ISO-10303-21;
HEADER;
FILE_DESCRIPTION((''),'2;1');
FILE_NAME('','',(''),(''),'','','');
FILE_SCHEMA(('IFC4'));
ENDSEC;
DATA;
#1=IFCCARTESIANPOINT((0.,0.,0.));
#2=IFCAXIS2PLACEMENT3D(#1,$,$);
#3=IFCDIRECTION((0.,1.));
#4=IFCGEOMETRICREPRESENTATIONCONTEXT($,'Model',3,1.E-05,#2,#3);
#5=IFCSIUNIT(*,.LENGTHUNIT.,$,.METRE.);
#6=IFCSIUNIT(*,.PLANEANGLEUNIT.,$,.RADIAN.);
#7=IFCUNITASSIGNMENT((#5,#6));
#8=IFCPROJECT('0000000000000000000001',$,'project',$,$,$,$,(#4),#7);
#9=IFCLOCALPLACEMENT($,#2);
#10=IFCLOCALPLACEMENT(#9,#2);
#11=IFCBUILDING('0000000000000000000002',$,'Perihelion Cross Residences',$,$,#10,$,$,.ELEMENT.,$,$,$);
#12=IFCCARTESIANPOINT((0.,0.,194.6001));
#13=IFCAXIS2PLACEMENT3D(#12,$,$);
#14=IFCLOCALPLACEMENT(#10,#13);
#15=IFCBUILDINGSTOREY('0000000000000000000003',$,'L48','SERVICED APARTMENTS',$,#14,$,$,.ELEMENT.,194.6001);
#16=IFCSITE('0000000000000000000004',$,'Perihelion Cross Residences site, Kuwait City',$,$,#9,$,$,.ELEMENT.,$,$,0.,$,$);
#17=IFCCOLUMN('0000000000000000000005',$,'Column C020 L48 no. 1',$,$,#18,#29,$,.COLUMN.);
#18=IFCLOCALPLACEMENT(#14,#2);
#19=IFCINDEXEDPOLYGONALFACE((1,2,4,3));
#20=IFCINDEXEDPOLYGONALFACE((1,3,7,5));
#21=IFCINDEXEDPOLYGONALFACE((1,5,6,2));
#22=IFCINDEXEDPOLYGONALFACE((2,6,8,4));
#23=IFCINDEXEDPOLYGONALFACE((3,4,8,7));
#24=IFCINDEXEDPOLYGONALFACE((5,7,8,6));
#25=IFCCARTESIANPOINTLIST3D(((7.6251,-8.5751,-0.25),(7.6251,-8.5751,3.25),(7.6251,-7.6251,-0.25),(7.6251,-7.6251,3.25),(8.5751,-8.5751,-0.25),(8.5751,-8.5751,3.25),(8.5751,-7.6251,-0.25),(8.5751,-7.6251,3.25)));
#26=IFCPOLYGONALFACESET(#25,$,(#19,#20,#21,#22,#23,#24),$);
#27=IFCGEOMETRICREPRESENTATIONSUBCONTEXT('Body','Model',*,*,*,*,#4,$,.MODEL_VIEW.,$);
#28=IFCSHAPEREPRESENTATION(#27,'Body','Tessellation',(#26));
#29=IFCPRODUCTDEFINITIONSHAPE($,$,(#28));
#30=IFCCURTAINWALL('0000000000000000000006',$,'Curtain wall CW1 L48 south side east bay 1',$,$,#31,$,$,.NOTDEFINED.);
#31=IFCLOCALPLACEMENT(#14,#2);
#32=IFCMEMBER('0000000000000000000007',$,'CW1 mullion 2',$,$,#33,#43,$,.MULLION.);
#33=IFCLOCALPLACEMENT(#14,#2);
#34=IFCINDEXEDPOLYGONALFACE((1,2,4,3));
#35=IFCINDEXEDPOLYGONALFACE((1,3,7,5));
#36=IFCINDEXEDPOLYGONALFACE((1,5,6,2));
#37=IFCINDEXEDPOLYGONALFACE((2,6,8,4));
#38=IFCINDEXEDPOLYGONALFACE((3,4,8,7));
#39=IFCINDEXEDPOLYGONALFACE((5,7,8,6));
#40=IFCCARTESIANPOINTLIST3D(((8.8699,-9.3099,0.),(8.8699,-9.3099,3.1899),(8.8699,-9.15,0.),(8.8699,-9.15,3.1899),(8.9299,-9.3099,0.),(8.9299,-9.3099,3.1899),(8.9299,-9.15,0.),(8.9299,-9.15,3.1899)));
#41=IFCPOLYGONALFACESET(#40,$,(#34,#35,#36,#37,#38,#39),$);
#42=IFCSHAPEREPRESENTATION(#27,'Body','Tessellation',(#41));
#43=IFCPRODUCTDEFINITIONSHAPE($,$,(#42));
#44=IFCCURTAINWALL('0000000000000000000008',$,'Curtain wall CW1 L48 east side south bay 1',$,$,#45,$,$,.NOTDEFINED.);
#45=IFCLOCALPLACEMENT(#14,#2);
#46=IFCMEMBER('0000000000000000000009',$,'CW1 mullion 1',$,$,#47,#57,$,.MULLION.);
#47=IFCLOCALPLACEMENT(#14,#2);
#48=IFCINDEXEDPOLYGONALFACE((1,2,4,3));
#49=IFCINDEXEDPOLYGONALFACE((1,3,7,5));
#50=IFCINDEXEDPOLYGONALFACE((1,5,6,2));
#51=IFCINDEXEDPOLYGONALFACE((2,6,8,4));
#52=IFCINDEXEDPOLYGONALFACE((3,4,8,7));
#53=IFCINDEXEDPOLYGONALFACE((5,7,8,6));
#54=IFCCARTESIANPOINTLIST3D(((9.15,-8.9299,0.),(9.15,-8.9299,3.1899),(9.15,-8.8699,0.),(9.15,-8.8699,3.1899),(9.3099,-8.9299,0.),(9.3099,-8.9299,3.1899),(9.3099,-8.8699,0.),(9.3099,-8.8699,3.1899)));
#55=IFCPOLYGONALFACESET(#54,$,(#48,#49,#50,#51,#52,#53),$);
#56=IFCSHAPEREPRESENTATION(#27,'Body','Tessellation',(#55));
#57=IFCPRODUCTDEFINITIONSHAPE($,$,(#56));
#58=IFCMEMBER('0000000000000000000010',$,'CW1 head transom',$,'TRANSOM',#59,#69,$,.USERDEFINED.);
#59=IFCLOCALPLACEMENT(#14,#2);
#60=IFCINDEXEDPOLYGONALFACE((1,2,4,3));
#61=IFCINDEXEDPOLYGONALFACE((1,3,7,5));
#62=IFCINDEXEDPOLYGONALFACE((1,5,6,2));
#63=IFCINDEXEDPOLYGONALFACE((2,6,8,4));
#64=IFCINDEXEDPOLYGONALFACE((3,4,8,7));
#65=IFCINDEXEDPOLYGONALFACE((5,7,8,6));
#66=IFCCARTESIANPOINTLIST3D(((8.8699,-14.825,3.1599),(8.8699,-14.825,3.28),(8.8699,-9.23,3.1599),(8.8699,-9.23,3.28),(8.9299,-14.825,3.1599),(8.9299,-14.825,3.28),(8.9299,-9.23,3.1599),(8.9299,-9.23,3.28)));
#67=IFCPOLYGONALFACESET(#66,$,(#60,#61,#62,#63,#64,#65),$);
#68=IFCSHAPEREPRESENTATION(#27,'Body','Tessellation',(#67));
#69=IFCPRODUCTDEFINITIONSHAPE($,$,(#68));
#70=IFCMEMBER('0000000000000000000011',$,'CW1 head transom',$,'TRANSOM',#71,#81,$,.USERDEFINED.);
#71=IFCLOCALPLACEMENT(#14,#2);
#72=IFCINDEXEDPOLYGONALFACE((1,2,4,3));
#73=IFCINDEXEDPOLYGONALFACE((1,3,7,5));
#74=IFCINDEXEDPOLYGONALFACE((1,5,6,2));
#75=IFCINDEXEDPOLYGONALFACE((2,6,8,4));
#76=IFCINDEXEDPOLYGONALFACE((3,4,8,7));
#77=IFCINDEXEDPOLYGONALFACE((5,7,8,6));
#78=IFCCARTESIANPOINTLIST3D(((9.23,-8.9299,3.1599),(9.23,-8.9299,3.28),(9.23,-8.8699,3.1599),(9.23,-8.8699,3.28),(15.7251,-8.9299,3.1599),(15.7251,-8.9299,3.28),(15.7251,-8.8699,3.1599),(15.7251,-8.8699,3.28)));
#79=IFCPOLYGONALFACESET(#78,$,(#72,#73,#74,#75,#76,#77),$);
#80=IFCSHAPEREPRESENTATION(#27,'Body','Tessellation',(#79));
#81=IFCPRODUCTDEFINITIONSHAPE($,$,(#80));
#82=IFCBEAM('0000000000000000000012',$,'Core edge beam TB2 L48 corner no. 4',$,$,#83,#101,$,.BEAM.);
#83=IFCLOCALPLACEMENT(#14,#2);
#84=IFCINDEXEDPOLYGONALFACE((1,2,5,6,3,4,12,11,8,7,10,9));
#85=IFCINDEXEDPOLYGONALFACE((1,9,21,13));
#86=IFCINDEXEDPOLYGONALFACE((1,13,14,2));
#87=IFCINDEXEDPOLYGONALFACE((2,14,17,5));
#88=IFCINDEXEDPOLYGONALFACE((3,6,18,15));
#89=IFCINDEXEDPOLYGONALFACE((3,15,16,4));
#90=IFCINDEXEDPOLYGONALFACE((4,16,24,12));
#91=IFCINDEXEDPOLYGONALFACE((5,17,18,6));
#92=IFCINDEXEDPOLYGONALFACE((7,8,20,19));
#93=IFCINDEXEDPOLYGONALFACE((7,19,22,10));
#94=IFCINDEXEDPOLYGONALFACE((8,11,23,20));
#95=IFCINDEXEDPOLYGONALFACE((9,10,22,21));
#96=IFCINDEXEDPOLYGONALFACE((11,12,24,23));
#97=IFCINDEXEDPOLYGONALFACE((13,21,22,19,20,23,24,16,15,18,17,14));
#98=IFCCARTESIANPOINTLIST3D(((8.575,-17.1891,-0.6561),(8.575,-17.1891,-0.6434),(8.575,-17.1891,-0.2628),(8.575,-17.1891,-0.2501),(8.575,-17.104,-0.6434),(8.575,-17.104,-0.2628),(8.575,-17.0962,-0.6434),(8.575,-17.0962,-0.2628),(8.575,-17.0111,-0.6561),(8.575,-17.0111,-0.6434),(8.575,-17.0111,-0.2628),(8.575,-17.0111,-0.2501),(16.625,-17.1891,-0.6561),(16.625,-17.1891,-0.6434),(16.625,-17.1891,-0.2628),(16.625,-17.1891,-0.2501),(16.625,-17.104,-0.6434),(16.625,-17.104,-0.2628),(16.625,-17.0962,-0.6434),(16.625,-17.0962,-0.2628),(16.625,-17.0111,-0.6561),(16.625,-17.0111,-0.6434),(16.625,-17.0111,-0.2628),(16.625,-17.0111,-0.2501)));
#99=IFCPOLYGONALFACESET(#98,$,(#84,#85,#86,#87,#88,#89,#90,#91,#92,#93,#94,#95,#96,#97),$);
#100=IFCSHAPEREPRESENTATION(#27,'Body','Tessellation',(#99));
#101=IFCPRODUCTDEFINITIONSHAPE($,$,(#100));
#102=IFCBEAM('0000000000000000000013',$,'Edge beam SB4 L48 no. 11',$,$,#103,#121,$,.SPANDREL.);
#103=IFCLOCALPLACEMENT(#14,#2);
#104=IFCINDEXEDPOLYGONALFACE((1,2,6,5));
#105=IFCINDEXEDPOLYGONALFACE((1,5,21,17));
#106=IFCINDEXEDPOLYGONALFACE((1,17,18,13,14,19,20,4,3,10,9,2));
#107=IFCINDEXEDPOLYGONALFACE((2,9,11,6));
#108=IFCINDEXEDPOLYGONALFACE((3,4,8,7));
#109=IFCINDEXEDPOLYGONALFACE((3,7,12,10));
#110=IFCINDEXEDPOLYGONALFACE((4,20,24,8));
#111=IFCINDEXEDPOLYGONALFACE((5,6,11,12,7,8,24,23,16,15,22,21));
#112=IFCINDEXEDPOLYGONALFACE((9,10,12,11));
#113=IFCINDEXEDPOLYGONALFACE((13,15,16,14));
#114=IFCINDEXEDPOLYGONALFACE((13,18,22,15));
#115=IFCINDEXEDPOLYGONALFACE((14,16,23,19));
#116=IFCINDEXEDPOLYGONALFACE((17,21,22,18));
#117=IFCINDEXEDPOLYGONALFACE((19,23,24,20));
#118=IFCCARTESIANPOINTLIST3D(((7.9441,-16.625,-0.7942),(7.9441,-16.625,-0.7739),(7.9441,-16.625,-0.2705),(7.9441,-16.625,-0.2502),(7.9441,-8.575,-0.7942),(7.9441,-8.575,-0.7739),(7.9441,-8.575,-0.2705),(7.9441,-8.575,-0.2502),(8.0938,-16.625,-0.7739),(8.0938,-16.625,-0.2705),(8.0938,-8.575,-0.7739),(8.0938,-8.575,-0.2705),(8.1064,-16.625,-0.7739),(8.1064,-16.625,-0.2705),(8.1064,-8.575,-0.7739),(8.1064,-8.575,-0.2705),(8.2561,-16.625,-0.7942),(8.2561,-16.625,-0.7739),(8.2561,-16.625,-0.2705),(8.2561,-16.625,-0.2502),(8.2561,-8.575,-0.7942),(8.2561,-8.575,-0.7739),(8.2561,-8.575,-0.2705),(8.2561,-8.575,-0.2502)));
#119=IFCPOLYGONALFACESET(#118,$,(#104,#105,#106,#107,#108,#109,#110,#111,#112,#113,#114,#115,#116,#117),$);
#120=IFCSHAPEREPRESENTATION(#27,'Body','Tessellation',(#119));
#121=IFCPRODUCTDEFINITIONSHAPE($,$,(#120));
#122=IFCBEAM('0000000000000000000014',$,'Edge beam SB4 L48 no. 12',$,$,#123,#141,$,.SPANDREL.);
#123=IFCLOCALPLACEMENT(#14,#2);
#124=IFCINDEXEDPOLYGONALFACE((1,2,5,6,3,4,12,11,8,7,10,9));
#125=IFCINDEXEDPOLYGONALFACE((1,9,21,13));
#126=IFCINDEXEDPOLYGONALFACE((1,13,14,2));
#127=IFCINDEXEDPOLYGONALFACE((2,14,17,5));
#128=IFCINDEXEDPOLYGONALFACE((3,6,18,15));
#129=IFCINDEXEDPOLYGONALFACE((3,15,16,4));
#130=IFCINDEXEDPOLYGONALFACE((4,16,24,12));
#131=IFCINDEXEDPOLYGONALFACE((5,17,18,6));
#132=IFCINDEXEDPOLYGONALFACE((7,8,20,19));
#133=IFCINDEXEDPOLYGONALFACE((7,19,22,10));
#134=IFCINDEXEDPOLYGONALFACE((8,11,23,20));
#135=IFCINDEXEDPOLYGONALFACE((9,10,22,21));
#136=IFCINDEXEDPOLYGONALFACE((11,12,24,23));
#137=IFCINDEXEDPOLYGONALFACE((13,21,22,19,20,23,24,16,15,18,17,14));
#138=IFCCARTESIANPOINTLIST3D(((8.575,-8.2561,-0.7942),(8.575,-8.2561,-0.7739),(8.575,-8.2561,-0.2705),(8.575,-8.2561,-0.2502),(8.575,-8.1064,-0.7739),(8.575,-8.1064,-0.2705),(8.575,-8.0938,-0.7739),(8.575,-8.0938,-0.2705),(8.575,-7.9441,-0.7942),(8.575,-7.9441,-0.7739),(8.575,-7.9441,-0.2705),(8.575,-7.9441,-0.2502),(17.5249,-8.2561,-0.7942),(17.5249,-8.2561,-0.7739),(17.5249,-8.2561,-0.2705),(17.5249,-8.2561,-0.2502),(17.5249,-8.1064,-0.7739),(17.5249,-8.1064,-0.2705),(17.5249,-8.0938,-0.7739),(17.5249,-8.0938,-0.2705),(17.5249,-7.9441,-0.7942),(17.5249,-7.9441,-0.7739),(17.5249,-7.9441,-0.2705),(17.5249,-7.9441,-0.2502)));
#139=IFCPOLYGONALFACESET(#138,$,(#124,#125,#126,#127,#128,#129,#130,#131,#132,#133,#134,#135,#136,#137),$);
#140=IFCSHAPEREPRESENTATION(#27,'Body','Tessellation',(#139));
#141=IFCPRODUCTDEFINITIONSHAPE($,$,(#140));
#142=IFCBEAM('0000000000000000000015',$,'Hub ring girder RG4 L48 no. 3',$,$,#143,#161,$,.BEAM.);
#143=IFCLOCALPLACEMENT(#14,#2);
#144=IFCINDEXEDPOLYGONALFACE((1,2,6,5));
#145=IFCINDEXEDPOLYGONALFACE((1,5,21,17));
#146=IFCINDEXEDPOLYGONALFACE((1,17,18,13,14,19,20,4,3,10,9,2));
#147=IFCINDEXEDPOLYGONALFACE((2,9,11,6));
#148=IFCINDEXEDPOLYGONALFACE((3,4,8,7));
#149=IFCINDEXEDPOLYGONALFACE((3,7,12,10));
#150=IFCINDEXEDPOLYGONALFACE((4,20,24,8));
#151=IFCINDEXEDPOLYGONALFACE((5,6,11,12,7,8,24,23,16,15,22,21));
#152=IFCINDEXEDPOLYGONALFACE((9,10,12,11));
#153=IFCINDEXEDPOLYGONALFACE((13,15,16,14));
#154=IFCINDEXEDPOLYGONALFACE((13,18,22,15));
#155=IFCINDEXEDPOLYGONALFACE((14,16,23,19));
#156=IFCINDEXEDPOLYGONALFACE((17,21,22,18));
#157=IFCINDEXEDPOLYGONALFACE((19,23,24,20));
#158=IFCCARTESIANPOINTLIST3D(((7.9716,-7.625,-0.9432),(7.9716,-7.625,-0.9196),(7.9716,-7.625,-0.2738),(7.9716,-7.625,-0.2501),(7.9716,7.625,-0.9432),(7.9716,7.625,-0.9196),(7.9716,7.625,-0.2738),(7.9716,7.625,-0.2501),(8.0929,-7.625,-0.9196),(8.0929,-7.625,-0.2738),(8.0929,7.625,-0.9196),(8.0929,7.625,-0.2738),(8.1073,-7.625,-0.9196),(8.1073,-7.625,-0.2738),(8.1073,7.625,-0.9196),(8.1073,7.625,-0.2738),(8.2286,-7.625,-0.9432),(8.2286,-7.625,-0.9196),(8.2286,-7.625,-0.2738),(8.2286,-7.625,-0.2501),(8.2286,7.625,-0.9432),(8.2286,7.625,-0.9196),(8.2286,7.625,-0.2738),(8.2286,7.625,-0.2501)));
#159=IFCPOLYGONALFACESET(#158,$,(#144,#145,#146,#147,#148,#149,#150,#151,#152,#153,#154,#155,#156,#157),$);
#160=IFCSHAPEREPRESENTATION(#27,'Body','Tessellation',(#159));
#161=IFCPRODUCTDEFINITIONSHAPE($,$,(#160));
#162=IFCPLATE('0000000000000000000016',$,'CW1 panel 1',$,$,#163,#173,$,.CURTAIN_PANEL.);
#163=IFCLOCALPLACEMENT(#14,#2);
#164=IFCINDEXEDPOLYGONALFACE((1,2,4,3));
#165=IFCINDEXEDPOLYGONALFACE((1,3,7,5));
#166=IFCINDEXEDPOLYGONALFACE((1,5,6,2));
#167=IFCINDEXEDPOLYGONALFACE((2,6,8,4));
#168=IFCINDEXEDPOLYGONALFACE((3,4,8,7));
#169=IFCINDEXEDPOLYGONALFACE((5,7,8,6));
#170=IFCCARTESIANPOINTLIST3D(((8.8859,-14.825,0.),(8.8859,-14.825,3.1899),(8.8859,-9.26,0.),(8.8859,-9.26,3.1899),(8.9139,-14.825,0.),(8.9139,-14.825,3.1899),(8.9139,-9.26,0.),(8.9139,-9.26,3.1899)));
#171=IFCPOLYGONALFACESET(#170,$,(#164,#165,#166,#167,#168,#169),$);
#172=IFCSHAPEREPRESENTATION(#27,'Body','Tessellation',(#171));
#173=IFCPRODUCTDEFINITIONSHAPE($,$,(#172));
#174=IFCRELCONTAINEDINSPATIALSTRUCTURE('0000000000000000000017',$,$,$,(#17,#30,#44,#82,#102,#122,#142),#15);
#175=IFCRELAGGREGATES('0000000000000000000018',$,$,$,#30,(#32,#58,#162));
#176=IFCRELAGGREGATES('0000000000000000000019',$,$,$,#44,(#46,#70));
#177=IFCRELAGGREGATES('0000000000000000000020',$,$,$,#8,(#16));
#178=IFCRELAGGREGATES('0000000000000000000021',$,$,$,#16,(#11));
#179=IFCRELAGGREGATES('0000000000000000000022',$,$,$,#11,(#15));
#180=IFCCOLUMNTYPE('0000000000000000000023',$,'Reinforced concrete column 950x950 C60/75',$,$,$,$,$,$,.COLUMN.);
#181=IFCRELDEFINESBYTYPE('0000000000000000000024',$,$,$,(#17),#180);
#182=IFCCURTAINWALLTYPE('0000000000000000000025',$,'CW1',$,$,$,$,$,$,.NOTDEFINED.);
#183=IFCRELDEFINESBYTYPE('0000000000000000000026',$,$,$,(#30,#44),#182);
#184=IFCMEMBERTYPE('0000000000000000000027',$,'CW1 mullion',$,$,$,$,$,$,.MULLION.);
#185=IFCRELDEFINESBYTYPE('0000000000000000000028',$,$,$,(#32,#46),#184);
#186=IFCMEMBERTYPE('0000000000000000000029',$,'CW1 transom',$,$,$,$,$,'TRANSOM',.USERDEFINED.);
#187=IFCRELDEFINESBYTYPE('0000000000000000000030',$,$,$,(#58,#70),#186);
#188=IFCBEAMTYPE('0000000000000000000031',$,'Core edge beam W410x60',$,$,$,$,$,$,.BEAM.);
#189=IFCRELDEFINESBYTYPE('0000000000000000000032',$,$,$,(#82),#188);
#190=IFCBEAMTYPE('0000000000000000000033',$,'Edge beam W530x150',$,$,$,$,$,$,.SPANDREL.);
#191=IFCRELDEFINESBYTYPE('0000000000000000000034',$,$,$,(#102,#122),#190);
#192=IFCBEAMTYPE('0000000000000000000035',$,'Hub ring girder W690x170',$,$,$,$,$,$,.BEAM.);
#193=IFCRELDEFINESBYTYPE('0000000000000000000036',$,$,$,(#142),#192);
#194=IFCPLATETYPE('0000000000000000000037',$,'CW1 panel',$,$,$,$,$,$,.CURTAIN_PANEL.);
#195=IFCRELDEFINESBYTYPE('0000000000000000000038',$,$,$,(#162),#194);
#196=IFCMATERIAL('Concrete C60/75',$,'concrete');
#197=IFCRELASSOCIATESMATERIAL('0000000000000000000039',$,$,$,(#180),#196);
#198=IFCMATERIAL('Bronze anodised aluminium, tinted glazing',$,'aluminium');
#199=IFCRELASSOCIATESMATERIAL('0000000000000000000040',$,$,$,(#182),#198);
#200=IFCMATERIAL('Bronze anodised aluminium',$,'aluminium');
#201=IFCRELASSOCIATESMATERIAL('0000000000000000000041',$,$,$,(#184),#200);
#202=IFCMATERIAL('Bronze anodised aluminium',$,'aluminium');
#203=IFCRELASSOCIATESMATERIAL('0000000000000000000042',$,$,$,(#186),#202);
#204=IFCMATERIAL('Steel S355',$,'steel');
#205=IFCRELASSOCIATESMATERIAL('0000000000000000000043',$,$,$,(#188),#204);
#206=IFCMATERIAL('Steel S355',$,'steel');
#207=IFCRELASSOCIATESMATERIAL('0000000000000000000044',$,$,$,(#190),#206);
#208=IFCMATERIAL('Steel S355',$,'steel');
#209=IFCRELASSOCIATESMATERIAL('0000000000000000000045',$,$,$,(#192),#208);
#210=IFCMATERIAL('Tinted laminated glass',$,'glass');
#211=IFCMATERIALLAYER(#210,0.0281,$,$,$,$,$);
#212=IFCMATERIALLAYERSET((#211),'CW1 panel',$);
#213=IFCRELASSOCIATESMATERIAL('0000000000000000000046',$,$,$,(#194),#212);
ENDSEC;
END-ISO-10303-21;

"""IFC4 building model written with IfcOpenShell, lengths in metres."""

from ifc_helpers import new_model, si_unit, direction, frame, origin, origin_2d, place, context, subcontext, project, spatial, rectangle, i_section, extrude, material, layer, layer_set, material_profile, profile_set, type_object, element, aggregate, save


model = new_model("IFC4")

# Units and contexts
model_context = context("Model", 3, precision=1e-05, world=origin(), true_north=direction((0.0, 1.0)))
body_context = subcontext(model_context, "Body", "Model", "MODEL_VIEW")
ifc_project = project(units=[si_unit("LENGTHUNIT", "METRE"), si_unit("PLANEANGLEUNIT", "RADIAN")], contexts=[model_context])

# Site, building, storey
site_placement = place(None, origin())
site = spatial("IfcSite", under=ifc_project, at=site_placement, Name="Perihelion Cross Residences site, Kuwait City", CompositionType="ELEMENT", RefElevation=0.0)
building_placement = place(site_placement, origin())
building = spatial("IfcBuilding", under=site, at=building_placement, Name="Perihelion Cross Residences", CompositionType="ELEMENT")
storey_placement = place(building_placement, frame((0.0, 0.0, 194.6001)))
storey = spatial("IfcBuildingStorey", under=building, at=storey_placement, Name="L48", Description="SERVICED APARTMENTS", CompositionType="ELEMENT", Elevation=194.6001)

# Column
ifc_material_1 = material(Name="Concrete C60/75", Category="concrete")
ifc_material_profile_1 = material_profile(ifc_material_1, rectangle(XDim=0.95, YDim=0.95, at=origin_2d()), Name="RC 950x950")
ifc_profile_set_1 = profile_set([ifc_material_profile_1], Name="Concrete C60/75")
column_type = type_object("IfcColumnType", Name="Reinforced concrete column 950x950 C60/75", PredefinedType="COLUMN", material=ifc_profile_set_1)
column_placement = place(storey_placement, frame((8.1001, -8.1001, -0.25), z_axis=(0.0, 0.0, 1.0), x_axis=(1.0, 0.0, 0.0)))
element("IfcColumn", 1, at=column_placement, inside=storey, type_object=column_type, Name="Column C020 L48 no. 1", PredefinedType="COLUMN", context=body_context, shape_type="SweptSolid", body=[
    extrude(rectangle(XDim=0.95, YDim=0.95, at=origin_2d()), origin(), (0.0, 0.0, 1.0), 3.5),
])

# Curtain walls, members
ifc_material_2 = material(Name="Bronze anodised aluminium, tinted glazing", Category="aluminium")
curtain_wall_type = type_object("IfcCurtainWallType", Name="CW1", PredefinedType="NOTDEFINED", material=ifc_material_2)
curtain_wall_1_placement = place(storey_placement, origin())
curtain_wall_1 = element("IfcCurtainWall", 2, at=curtain_wall_1_placement, inside=storey, type_object=curtain_wall_type, Name="Curtain wall CW1 L48 south side east bay 1", PredefinedType="NOTDEFINED")
ifc_material_3 = material(Name="Bronze anodised aluminium", Category="aluminium")
ifc_material_profile_2 = material_profile(ifc_material_3, rectangle(XDim=0.0601, YDim=0.1599, at=origin_2d()), Name="CW1 mullion")
ifc_profile_set_2 = profile_set([ifc_material_profile_2], Name="Bronze anodised aluminium")
member_type_1 = type_object("IfcMemberType", Name="CW1 mullion", PredefinedType="MULLION", material=ifc_profile_set_2)
member_1_placement = place(storey_placement, frame((8.8999, -9.23, 0.0), z_axis=(0.0, 0.0, 1.0), x_axis=(-1.0, 0.0, 0.0)))
member_1 = element("IfcMember", 3, at=member_1_placement, type_object=member_type_1, Name="CW1 mullion 2", PredefinedType="MULLION", context=body_context, shape_type="SweptSolid", body=[
    extrude(rectangle(XDim=0.0601, YDim=0.1599, at=origin_2d()), origin(), (0.0, 0.0, 1.0), 3.1899),
])
curtain_wall_2_placement = place(storey_placement, origin())
curtain_wall_2 = element("IfcCurtainWall", 4, at=curtain_wall_2_placement, inside=storey, type_object=curtain_wall_type, Name="Curtain wall CW1 L48 east side south bay 1", PredefinedType="NOTDEFINED")
member_2_placement = place(storey_placement, frame((9.23, -8.8999, 0.0), z_axis=(0.0, 0.0, 1.0), x_axis=(0.0, 1.0, 0.0)))
member_2 = element("IfcMember", 5, at=member_2_placement, type_object=member_type_1, Name="CW1 mullion 1", PredefinedType="MULLION", context=body_context, shape_type="SweptSolid", body=[
    extrude(rectangle(XDim=0.0601, YDim=0.1599, at=origin_2d()), origin(), (0.0, 0.0, 1.0), 3.1899),
])

# Members
ifc_material_4 = material(Name="Bronze anodised aluminium", Category="aluminium")
ifc_material_profile_3 = material_profile(ifc_material_4, rectangle(XDim=0.0601, YDim=0.1201, at=origin_2d()), Name="CW1 transom")
ifc_profile_set_3 = profile_set([ifc_material_profile_3], Name="Bronze anodised aluminium")
member_type_2 = type_object("IfcMemberType", Name="CW1 transom", ElementType="TRANSOM", PredefinedType="USERDEFINED", material=ifc_profile_set_3)
member_3_placement = place(storey_placement, frame((8.8999, -14.825, 3.22), z_axis=(0.0, 1.0, 0.0), x_axis=(-1.0, 0.0, 0.0)))
member_3 = element("IfcMember", 6, at=member_3_placement, type_object=member_type_2, Name="CW1 head transom", ObjectType="TRANSOM", PredefinedType="USERDEFINED", context=body_context, shape_type="SweptSolid", body=[
    extrude(rectangle(XDim=0.0601, YDim=0.1201, at=origin_2d()), origin(), (0.0, 0.0, 1.0), 5.595),
])
member_4_placement = place(storey_placement, frame((9.23, -8.8999, 3.22), z_axis=(1.0, 0.0, 0.0), x_axis=(0.0, 1.0, 0.0)))
member_4 = element("IfcMember", 7, at=member_4_placement, type_object=member_type_2, Name="CW1 head transom", ObjectType="TRANSOM", PredefinedType="USERDEFINED", context=body_context, shape_type="SweptSolid", body=[
    extrude(rectangle(XDim=0.0601, YDim=0.1201, at=origin_2d()), origin(), (0.0, 0.0, 1.0), 6.4951),
])

# Beams
ifc_material_5 = material(Name="Steel S355", Category="steel")
ifc_material_profile_4 = material_profile(ifc_material_5, i_section(OverallWidth=0.178, OverallDepth=0.406, WebThickness=0.0078, FlangeThickness=0.0127, at=origin_2d()), Name="W410x60")
ifc_profile_set_4 = profile_set([ifc_material_profile_4], Name="Steel S355")
beam_type_1 = type_object("IfcBeamType", Name="Core edge beam W410x60", PredefinedType="BEAM", material=ifc_profile_set_4)
beam_1_placement = place(storey_placement, frame((8.575, -17.1001, -0.4531), z_axis=(1.0, 0.0, 0.0), x_axis=(0.0, 1.0, 0.0)))
element("IfcBeam", 8, at=beam_1_placement, inside=storey, type_object=beam_type_1, Name="Core edge beam TB2 L48 corner no. 4", PredefinedType="BEAM", context=body_context, shape_type="SweptSolid", body=[
    extrude(i_section(OverallWidth=0.178, OverallDepth=0.406, WebThickness=0.0078, FlangeThickness=0.0127, at=origin_2d()), origin(), (0.0, 0.0, 1.0), 8.05),
])
ifc_material_6 = material(Name="Steel S355", Category="steel")
ifc_material_profile_5 = material_profile(ifc_material_6, i_section(OverallWidth=0.312, OverallDepth=0.5439, WebThickness=0.0127, FlangeThickness=0.0203, at=origin_2d()), Name="W530x150")
ifc_profile_set_5 = profile_set([ifc_material_profile_5], Name="Steel S355")
beam_type_2 = type_object("IfcBeamType", Name="Edge beam W530x150", PredefinedType="SPANDREL", material=ifc_profile_set_5)
beam_2_placement = place(storey_placement, frame((8.1001, -16.625, -0.5222), z_axis=(0.0, 1.0, 0.0), x_axis=(-1.0, 0.0, 0.0)))
element("IfcBeam", 9, at=beam_2_placement, inside=storey, type_object=beam_type_2, Name="Edge beam SB4 L48 no. 11", PredefinedType="SPANDREL", context=body_context, shape_type="SweptSolid", body=[
    extrude(i_section(OverallWidth=0.312, OverallDepth=0.5439, WebThickness=0.0127, FlangeThickness=0.0203, at=origin_2d()), origin(), (0.0, 0.0, 1.0), 8.05),
])
beam_3_placement = place(storey_placement, frame((8.575, -8.1001, -0.5222), z_axis=(1.0, 0.0, 0.0), x_axis=(0.0, 1.0, 0.0)))
element("IfcBeam", 10, at=beam_3_placement, inside=storey, type_object=beam_type_2, Name="Edge beam SB4 L48 no. 12", PredefinedType="SPANDREL", context=body_context, shape_type="SweptSolid", body=[
    extrude(i_section(OverallWidth=0.312, OverallDepth=0.5439, WebThickness=0.0127, FlangeThickness=0.0203, at=origin_2d()), origin(), (0.0, 0.0, 1.0), 8.95),
])
ifc_material_7 = material(Name="Steel S355", Category="steel")
ifc_material_profile_6 = material_profile(ifc_material_7, i_section(OverallWidth=0.2571, OverallDepth=0.6931, WebThickness=0.0144, FlangeThickness=0.0237, at=origin_2d()), Name="W690x170")
ifc_profile_set_6 = profile_set([ifc_material_profile_6], Name="Steel S355")
beam_type_3 = type_object("IfcBeamType", Name="Hub ring girder W690x170", PredefinedType="BEAM", material=ifc_profile_set_6)
beam_4_placement = place(storey_placement, frame((8.1001, -7.625, -0.5967), z_axis=(0.0, 1.0, 0.0), x_axis=(-1.0, 0.0, 0.0)))
element("IfcBeam", 11, at=beam_4_placement, inside=storey, type_object=beam_type_3, Name="Hub ring girder RG4 L48 no. 3", PredefinedType="BEAM", context=body_context, shape_type="SweptSolid", body=[
    extrude(i_section(OverallWidth=0.2571, OverallDepth=0.6931, WebThickness=0.0144, FlangeThickness=0.0237, at=origin_2d()), origin(), (0.0, 0.0, 1.0), 15.25),
])

# Plate
ifc_material_8 = material(Name="Tinted laminated glass", Category="glass")
ifc_layer_1 = layer(ifc_material_8, 0.0281)
ifc_layer_set_1 = layer_set([ifc_layer_1], Name="CW1 panel")
plate_type = type_object("IfcPlateType", Name="CW1 panel", PredefinedType="CURTAIN_PANEL", material=ifc_layer_set_1)
plate_1_placement = place(storey_placement, frame((8.8999, -12.0425, 0.0), z_axis=(0.0, 0.0, 1.0), x_axis=(0.0, 1.0, 0.0)))
plate_1 = element("IfcPlate", 12, at=plate_1_placement, type_object=plate_type, Name="CW1 panel 1", PredefinedType="CURTAIN_PANEL", context=body_context, shape_type="SweptSolid", body=[
    extrude(rectangle(XDim=5.5649, YDim=0.0281, at=origin_2d()), origin(), (0.0, 0.0, 1.0), 3.1899),
])
aggregate(curtain_wall_1, [member_1, member_3, plate_1])
aggregate(curtain_wall_2, [member_2, member_4])

save(model, "model.ifc")
